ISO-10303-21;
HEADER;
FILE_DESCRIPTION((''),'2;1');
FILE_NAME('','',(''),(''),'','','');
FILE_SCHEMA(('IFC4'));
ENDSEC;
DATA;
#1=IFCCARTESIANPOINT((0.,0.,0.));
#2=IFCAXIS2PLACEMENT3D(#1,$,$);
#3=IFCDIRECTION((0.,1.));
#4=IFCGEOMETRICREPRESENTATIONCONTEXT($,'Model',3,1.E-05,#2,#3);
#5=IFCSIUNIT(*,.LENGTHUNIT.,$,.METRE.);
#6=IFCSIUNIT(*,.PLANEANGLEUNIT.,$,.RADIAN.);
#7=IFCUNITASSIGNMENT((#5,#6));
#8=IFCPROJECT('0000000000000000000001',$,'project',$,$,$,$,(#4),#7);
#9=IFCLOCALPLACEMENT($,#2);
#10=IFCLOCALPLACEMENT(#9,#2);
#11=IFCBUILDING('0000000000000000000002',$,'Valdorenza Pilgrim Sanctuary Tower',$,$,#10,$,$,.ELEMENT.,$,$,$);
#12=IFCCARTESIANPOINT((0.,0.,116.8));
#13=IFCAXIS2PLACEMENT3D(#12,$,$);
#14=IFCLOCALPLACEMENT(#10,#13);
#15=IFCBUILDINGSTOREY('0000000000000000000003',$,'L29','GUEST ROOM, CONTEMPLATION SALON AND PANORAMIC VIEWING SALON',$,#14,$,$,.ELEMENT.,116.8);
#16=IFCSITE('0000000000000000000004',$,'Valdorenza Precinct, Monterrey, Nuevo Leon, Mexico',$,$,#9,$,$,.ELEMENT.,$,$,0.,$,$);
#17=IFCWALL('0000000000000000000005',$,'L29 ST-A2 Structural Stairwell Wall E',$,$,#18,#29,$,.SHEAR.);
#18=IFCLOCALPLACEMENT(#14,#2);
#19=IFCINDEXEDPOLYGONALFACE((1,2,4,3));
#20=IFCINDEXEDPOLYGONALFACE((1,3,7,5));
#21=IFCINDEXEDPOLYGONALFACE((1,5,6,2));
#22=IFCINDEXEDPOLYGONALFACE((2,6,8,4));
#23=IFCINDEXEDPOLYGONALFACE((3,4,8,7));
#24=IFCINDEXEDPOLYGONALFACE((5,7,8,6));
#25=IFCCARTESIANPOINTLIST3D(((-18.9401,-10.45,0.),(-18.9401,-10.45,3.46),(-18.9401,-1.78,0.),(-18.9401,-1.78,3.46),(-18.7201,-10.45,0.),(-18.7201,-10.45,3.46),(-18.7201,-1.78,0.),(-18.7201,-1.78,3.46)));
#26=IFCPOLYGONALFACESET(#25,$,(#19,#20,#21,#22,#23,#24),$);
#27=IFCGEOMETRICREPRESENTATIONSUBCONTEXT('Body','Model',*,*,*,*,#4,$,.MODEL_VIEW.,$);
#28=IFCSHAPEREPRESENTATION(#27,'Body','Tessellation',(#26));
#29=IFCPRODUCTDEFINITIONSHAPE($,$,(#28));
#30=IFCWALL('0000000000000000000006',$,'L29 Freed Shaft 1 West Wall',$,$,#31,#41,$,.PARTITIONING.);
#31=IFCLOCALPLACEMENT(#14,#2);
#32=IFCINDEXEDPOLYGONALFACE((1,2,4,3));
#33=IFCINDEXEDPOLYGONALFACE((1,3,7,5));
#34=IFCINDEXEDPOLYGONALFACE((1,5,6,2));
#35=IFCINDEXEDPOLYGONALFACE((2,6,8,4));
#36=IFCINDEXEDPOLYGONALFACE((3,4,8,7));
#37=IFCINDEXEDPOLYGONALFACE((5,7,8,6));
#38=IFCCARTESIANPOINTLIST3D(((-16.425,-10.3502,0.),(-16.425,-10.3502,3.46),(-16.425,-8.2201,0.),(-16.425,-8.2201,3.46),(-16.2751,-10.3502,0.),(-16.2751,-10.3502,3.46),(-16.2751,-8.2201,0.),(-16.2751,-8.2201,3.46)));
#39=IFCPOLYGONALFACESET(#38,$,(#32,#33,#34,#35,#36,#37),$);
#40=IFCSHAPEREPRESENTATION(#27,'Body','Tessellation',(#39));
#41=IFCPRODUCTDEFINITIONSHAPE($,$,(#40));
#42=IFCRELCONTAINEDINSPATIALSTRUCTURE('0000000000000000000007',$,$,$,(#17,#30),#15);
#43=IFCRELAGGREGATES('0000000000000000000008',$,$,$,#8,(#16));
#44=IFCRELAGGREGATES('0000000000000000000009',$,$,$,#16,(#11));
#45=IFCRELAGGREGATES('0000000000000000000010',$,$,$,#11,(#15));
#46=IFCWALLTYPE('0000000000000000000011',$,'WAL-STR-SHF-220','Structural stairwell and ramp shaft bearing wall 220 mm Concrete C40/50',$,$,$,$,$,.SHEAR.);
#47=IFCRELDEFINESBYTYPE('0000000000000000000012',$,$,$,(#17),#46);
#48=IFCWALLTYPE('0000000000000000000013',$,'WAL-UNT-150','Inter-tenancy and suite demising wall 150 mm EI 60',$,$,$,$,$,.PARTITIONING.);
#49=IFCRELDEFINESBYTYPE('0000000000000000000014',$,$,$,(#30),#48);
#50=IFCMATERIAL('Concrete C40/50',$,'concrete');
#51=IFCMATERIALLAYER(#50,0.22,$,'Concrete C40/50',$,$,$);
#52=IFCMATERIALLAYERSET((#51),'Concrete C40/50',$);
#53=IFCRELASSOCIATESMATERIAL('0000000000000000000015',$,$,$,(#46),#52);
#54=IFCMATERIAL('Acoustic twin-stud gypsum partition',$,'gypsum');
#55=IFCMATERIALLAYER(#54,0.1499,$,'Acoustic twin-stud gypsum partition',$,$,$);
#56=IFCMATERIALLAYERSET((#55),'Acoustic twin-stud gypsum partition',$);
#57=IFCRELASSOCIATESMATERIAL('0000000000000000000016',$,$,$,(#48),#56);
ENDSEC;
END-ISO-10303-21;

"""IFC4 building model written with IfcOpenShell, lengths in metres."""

from ifc_helpers import new_model, si_unit, direction, frame, frame_2d, origin, place, context, subcontext, project, spatial, rectangle, extrude, material, layer, layer_set, type_object, element, save


model = new_model("IFC4")

# Units and contexts
model_context = context("Model", 3, precision=1e-05, world=origin(), true_north=direction((0.0, 1.0)))
body_context = subcontext(model_context, "Body", "Model", "MODEL_VIEW")
ifc_project = project(units=[si_unit("LENGTHUNIT", "METRE"), si_unit("PLANEANGLEUNIT", "RADIAN")], contexts=[model_context])

# Site, building, storey
site_placement = place(None, origin())
site = spatial("IfcSite", under=ifc_project, at=site_placement, Name="Valdorenza Precinct, Monterrey, Nuevo Leon, Mexico", CompositionType="ELEMENT", RefElevation=0.0)
building_placement = place(site_placement, origin())
building = spatial("IfcBuilding", under=site, at=building_placement, Name="Valdorenza Pilgrim Sanctuary Tower", CompositionType="ELEMENT")
storey_placement = place(building_placement, frame((0.0, 0.0, 116.8)))
storey = spatial("IfcBuildingStorey", under=building, at=storey_placement, Name="L29", Description="GUEST ROOM, CONTEMPLATION SALON AND PANORAMIC VIEWING SALON", CompositionType="ELEMENT", Elevation=116.8)

# Shared definitions
ifc_material_1 = material(Name="Acoustic twin-stud gypsum partition", Category="gypsum")

# Walls
ifc_material_2 = material(Name="Concrete C40/50", Category="concrete")
ifc_layer_1 = layer(ifc_material_2, 0.22, Name="Concrete C40/50")
ifc_layer_set_1 = layer_set([ifc_layer_1], Name="Concrete C40/50")
wall_type_1 = type_object("IfcWallType", Name="WAL-STR-SHF-220", Description="Structural stairwell and ramp shaft bearing wall 220 mm Concrete C40/50", PredefinedType="SHEAR", material=ifc_layer_set_1)
wall_1_placement = place(storey_placement, frame((-18.8301, -10.45, 0.0), z_axis=(0.0, 0.0, 1.0), x_axis=(0.0, 1.0, 0.0)))
element("IfcWall", 1, at=wall_1_placement, inside=storey, type_object=wall_type_1, Name="L29 ST-A2 Structural Stairwell Wall E", PredefinedType="SHEAR", context=body_context, shape_type="SweptSolid", body=[
    extrude(rectangle(XDim=8.6699, YDim=0.22, at=frame_2d((4.335, 0.0))), origin(), (0.0, 0.0, 1.0), 3.46),
])
ifc_layer_2 = layer(ifc_material_1, 0.1499, Name="Acoustic twin-stud gypsum partition")
ifc_layer_set_2 = layer_set([ifc_layer_2], Name="Acoustic twin-stud gypsum partition")
wall_type_2 = type_object("IfcWallType", Name="WAL-UNT-150", Description="Inter-tenancy and suite demising wall 150 mm EI 60", PredefinedType="PARTITIONING", material=ifc_layer_set_2)
wall_2_placement = place(storey_placement, frame((-16.3501, -10.3501, 0.0), z_axis=(0.0, 0.0, 1.0), x_axis=(0.0, 1.0, 0.0)))
element("IfcWall", 2, at=wall_2_placement, inside=storey, type_object=wall_type_2, Name="L29 Freed Shaft 1 West Wall", PredefinedType="PARTITIONING", context=body_context, shape_type="SweptSolid", body=[
    extrude(rectangle(XDim=2.1301, YDim=0.1499, at=frame_2d((1.0649, 0.0))), origin(), (0.0, 0.0, 1.0), 3.46),
])

save(model, "model.ifc")
